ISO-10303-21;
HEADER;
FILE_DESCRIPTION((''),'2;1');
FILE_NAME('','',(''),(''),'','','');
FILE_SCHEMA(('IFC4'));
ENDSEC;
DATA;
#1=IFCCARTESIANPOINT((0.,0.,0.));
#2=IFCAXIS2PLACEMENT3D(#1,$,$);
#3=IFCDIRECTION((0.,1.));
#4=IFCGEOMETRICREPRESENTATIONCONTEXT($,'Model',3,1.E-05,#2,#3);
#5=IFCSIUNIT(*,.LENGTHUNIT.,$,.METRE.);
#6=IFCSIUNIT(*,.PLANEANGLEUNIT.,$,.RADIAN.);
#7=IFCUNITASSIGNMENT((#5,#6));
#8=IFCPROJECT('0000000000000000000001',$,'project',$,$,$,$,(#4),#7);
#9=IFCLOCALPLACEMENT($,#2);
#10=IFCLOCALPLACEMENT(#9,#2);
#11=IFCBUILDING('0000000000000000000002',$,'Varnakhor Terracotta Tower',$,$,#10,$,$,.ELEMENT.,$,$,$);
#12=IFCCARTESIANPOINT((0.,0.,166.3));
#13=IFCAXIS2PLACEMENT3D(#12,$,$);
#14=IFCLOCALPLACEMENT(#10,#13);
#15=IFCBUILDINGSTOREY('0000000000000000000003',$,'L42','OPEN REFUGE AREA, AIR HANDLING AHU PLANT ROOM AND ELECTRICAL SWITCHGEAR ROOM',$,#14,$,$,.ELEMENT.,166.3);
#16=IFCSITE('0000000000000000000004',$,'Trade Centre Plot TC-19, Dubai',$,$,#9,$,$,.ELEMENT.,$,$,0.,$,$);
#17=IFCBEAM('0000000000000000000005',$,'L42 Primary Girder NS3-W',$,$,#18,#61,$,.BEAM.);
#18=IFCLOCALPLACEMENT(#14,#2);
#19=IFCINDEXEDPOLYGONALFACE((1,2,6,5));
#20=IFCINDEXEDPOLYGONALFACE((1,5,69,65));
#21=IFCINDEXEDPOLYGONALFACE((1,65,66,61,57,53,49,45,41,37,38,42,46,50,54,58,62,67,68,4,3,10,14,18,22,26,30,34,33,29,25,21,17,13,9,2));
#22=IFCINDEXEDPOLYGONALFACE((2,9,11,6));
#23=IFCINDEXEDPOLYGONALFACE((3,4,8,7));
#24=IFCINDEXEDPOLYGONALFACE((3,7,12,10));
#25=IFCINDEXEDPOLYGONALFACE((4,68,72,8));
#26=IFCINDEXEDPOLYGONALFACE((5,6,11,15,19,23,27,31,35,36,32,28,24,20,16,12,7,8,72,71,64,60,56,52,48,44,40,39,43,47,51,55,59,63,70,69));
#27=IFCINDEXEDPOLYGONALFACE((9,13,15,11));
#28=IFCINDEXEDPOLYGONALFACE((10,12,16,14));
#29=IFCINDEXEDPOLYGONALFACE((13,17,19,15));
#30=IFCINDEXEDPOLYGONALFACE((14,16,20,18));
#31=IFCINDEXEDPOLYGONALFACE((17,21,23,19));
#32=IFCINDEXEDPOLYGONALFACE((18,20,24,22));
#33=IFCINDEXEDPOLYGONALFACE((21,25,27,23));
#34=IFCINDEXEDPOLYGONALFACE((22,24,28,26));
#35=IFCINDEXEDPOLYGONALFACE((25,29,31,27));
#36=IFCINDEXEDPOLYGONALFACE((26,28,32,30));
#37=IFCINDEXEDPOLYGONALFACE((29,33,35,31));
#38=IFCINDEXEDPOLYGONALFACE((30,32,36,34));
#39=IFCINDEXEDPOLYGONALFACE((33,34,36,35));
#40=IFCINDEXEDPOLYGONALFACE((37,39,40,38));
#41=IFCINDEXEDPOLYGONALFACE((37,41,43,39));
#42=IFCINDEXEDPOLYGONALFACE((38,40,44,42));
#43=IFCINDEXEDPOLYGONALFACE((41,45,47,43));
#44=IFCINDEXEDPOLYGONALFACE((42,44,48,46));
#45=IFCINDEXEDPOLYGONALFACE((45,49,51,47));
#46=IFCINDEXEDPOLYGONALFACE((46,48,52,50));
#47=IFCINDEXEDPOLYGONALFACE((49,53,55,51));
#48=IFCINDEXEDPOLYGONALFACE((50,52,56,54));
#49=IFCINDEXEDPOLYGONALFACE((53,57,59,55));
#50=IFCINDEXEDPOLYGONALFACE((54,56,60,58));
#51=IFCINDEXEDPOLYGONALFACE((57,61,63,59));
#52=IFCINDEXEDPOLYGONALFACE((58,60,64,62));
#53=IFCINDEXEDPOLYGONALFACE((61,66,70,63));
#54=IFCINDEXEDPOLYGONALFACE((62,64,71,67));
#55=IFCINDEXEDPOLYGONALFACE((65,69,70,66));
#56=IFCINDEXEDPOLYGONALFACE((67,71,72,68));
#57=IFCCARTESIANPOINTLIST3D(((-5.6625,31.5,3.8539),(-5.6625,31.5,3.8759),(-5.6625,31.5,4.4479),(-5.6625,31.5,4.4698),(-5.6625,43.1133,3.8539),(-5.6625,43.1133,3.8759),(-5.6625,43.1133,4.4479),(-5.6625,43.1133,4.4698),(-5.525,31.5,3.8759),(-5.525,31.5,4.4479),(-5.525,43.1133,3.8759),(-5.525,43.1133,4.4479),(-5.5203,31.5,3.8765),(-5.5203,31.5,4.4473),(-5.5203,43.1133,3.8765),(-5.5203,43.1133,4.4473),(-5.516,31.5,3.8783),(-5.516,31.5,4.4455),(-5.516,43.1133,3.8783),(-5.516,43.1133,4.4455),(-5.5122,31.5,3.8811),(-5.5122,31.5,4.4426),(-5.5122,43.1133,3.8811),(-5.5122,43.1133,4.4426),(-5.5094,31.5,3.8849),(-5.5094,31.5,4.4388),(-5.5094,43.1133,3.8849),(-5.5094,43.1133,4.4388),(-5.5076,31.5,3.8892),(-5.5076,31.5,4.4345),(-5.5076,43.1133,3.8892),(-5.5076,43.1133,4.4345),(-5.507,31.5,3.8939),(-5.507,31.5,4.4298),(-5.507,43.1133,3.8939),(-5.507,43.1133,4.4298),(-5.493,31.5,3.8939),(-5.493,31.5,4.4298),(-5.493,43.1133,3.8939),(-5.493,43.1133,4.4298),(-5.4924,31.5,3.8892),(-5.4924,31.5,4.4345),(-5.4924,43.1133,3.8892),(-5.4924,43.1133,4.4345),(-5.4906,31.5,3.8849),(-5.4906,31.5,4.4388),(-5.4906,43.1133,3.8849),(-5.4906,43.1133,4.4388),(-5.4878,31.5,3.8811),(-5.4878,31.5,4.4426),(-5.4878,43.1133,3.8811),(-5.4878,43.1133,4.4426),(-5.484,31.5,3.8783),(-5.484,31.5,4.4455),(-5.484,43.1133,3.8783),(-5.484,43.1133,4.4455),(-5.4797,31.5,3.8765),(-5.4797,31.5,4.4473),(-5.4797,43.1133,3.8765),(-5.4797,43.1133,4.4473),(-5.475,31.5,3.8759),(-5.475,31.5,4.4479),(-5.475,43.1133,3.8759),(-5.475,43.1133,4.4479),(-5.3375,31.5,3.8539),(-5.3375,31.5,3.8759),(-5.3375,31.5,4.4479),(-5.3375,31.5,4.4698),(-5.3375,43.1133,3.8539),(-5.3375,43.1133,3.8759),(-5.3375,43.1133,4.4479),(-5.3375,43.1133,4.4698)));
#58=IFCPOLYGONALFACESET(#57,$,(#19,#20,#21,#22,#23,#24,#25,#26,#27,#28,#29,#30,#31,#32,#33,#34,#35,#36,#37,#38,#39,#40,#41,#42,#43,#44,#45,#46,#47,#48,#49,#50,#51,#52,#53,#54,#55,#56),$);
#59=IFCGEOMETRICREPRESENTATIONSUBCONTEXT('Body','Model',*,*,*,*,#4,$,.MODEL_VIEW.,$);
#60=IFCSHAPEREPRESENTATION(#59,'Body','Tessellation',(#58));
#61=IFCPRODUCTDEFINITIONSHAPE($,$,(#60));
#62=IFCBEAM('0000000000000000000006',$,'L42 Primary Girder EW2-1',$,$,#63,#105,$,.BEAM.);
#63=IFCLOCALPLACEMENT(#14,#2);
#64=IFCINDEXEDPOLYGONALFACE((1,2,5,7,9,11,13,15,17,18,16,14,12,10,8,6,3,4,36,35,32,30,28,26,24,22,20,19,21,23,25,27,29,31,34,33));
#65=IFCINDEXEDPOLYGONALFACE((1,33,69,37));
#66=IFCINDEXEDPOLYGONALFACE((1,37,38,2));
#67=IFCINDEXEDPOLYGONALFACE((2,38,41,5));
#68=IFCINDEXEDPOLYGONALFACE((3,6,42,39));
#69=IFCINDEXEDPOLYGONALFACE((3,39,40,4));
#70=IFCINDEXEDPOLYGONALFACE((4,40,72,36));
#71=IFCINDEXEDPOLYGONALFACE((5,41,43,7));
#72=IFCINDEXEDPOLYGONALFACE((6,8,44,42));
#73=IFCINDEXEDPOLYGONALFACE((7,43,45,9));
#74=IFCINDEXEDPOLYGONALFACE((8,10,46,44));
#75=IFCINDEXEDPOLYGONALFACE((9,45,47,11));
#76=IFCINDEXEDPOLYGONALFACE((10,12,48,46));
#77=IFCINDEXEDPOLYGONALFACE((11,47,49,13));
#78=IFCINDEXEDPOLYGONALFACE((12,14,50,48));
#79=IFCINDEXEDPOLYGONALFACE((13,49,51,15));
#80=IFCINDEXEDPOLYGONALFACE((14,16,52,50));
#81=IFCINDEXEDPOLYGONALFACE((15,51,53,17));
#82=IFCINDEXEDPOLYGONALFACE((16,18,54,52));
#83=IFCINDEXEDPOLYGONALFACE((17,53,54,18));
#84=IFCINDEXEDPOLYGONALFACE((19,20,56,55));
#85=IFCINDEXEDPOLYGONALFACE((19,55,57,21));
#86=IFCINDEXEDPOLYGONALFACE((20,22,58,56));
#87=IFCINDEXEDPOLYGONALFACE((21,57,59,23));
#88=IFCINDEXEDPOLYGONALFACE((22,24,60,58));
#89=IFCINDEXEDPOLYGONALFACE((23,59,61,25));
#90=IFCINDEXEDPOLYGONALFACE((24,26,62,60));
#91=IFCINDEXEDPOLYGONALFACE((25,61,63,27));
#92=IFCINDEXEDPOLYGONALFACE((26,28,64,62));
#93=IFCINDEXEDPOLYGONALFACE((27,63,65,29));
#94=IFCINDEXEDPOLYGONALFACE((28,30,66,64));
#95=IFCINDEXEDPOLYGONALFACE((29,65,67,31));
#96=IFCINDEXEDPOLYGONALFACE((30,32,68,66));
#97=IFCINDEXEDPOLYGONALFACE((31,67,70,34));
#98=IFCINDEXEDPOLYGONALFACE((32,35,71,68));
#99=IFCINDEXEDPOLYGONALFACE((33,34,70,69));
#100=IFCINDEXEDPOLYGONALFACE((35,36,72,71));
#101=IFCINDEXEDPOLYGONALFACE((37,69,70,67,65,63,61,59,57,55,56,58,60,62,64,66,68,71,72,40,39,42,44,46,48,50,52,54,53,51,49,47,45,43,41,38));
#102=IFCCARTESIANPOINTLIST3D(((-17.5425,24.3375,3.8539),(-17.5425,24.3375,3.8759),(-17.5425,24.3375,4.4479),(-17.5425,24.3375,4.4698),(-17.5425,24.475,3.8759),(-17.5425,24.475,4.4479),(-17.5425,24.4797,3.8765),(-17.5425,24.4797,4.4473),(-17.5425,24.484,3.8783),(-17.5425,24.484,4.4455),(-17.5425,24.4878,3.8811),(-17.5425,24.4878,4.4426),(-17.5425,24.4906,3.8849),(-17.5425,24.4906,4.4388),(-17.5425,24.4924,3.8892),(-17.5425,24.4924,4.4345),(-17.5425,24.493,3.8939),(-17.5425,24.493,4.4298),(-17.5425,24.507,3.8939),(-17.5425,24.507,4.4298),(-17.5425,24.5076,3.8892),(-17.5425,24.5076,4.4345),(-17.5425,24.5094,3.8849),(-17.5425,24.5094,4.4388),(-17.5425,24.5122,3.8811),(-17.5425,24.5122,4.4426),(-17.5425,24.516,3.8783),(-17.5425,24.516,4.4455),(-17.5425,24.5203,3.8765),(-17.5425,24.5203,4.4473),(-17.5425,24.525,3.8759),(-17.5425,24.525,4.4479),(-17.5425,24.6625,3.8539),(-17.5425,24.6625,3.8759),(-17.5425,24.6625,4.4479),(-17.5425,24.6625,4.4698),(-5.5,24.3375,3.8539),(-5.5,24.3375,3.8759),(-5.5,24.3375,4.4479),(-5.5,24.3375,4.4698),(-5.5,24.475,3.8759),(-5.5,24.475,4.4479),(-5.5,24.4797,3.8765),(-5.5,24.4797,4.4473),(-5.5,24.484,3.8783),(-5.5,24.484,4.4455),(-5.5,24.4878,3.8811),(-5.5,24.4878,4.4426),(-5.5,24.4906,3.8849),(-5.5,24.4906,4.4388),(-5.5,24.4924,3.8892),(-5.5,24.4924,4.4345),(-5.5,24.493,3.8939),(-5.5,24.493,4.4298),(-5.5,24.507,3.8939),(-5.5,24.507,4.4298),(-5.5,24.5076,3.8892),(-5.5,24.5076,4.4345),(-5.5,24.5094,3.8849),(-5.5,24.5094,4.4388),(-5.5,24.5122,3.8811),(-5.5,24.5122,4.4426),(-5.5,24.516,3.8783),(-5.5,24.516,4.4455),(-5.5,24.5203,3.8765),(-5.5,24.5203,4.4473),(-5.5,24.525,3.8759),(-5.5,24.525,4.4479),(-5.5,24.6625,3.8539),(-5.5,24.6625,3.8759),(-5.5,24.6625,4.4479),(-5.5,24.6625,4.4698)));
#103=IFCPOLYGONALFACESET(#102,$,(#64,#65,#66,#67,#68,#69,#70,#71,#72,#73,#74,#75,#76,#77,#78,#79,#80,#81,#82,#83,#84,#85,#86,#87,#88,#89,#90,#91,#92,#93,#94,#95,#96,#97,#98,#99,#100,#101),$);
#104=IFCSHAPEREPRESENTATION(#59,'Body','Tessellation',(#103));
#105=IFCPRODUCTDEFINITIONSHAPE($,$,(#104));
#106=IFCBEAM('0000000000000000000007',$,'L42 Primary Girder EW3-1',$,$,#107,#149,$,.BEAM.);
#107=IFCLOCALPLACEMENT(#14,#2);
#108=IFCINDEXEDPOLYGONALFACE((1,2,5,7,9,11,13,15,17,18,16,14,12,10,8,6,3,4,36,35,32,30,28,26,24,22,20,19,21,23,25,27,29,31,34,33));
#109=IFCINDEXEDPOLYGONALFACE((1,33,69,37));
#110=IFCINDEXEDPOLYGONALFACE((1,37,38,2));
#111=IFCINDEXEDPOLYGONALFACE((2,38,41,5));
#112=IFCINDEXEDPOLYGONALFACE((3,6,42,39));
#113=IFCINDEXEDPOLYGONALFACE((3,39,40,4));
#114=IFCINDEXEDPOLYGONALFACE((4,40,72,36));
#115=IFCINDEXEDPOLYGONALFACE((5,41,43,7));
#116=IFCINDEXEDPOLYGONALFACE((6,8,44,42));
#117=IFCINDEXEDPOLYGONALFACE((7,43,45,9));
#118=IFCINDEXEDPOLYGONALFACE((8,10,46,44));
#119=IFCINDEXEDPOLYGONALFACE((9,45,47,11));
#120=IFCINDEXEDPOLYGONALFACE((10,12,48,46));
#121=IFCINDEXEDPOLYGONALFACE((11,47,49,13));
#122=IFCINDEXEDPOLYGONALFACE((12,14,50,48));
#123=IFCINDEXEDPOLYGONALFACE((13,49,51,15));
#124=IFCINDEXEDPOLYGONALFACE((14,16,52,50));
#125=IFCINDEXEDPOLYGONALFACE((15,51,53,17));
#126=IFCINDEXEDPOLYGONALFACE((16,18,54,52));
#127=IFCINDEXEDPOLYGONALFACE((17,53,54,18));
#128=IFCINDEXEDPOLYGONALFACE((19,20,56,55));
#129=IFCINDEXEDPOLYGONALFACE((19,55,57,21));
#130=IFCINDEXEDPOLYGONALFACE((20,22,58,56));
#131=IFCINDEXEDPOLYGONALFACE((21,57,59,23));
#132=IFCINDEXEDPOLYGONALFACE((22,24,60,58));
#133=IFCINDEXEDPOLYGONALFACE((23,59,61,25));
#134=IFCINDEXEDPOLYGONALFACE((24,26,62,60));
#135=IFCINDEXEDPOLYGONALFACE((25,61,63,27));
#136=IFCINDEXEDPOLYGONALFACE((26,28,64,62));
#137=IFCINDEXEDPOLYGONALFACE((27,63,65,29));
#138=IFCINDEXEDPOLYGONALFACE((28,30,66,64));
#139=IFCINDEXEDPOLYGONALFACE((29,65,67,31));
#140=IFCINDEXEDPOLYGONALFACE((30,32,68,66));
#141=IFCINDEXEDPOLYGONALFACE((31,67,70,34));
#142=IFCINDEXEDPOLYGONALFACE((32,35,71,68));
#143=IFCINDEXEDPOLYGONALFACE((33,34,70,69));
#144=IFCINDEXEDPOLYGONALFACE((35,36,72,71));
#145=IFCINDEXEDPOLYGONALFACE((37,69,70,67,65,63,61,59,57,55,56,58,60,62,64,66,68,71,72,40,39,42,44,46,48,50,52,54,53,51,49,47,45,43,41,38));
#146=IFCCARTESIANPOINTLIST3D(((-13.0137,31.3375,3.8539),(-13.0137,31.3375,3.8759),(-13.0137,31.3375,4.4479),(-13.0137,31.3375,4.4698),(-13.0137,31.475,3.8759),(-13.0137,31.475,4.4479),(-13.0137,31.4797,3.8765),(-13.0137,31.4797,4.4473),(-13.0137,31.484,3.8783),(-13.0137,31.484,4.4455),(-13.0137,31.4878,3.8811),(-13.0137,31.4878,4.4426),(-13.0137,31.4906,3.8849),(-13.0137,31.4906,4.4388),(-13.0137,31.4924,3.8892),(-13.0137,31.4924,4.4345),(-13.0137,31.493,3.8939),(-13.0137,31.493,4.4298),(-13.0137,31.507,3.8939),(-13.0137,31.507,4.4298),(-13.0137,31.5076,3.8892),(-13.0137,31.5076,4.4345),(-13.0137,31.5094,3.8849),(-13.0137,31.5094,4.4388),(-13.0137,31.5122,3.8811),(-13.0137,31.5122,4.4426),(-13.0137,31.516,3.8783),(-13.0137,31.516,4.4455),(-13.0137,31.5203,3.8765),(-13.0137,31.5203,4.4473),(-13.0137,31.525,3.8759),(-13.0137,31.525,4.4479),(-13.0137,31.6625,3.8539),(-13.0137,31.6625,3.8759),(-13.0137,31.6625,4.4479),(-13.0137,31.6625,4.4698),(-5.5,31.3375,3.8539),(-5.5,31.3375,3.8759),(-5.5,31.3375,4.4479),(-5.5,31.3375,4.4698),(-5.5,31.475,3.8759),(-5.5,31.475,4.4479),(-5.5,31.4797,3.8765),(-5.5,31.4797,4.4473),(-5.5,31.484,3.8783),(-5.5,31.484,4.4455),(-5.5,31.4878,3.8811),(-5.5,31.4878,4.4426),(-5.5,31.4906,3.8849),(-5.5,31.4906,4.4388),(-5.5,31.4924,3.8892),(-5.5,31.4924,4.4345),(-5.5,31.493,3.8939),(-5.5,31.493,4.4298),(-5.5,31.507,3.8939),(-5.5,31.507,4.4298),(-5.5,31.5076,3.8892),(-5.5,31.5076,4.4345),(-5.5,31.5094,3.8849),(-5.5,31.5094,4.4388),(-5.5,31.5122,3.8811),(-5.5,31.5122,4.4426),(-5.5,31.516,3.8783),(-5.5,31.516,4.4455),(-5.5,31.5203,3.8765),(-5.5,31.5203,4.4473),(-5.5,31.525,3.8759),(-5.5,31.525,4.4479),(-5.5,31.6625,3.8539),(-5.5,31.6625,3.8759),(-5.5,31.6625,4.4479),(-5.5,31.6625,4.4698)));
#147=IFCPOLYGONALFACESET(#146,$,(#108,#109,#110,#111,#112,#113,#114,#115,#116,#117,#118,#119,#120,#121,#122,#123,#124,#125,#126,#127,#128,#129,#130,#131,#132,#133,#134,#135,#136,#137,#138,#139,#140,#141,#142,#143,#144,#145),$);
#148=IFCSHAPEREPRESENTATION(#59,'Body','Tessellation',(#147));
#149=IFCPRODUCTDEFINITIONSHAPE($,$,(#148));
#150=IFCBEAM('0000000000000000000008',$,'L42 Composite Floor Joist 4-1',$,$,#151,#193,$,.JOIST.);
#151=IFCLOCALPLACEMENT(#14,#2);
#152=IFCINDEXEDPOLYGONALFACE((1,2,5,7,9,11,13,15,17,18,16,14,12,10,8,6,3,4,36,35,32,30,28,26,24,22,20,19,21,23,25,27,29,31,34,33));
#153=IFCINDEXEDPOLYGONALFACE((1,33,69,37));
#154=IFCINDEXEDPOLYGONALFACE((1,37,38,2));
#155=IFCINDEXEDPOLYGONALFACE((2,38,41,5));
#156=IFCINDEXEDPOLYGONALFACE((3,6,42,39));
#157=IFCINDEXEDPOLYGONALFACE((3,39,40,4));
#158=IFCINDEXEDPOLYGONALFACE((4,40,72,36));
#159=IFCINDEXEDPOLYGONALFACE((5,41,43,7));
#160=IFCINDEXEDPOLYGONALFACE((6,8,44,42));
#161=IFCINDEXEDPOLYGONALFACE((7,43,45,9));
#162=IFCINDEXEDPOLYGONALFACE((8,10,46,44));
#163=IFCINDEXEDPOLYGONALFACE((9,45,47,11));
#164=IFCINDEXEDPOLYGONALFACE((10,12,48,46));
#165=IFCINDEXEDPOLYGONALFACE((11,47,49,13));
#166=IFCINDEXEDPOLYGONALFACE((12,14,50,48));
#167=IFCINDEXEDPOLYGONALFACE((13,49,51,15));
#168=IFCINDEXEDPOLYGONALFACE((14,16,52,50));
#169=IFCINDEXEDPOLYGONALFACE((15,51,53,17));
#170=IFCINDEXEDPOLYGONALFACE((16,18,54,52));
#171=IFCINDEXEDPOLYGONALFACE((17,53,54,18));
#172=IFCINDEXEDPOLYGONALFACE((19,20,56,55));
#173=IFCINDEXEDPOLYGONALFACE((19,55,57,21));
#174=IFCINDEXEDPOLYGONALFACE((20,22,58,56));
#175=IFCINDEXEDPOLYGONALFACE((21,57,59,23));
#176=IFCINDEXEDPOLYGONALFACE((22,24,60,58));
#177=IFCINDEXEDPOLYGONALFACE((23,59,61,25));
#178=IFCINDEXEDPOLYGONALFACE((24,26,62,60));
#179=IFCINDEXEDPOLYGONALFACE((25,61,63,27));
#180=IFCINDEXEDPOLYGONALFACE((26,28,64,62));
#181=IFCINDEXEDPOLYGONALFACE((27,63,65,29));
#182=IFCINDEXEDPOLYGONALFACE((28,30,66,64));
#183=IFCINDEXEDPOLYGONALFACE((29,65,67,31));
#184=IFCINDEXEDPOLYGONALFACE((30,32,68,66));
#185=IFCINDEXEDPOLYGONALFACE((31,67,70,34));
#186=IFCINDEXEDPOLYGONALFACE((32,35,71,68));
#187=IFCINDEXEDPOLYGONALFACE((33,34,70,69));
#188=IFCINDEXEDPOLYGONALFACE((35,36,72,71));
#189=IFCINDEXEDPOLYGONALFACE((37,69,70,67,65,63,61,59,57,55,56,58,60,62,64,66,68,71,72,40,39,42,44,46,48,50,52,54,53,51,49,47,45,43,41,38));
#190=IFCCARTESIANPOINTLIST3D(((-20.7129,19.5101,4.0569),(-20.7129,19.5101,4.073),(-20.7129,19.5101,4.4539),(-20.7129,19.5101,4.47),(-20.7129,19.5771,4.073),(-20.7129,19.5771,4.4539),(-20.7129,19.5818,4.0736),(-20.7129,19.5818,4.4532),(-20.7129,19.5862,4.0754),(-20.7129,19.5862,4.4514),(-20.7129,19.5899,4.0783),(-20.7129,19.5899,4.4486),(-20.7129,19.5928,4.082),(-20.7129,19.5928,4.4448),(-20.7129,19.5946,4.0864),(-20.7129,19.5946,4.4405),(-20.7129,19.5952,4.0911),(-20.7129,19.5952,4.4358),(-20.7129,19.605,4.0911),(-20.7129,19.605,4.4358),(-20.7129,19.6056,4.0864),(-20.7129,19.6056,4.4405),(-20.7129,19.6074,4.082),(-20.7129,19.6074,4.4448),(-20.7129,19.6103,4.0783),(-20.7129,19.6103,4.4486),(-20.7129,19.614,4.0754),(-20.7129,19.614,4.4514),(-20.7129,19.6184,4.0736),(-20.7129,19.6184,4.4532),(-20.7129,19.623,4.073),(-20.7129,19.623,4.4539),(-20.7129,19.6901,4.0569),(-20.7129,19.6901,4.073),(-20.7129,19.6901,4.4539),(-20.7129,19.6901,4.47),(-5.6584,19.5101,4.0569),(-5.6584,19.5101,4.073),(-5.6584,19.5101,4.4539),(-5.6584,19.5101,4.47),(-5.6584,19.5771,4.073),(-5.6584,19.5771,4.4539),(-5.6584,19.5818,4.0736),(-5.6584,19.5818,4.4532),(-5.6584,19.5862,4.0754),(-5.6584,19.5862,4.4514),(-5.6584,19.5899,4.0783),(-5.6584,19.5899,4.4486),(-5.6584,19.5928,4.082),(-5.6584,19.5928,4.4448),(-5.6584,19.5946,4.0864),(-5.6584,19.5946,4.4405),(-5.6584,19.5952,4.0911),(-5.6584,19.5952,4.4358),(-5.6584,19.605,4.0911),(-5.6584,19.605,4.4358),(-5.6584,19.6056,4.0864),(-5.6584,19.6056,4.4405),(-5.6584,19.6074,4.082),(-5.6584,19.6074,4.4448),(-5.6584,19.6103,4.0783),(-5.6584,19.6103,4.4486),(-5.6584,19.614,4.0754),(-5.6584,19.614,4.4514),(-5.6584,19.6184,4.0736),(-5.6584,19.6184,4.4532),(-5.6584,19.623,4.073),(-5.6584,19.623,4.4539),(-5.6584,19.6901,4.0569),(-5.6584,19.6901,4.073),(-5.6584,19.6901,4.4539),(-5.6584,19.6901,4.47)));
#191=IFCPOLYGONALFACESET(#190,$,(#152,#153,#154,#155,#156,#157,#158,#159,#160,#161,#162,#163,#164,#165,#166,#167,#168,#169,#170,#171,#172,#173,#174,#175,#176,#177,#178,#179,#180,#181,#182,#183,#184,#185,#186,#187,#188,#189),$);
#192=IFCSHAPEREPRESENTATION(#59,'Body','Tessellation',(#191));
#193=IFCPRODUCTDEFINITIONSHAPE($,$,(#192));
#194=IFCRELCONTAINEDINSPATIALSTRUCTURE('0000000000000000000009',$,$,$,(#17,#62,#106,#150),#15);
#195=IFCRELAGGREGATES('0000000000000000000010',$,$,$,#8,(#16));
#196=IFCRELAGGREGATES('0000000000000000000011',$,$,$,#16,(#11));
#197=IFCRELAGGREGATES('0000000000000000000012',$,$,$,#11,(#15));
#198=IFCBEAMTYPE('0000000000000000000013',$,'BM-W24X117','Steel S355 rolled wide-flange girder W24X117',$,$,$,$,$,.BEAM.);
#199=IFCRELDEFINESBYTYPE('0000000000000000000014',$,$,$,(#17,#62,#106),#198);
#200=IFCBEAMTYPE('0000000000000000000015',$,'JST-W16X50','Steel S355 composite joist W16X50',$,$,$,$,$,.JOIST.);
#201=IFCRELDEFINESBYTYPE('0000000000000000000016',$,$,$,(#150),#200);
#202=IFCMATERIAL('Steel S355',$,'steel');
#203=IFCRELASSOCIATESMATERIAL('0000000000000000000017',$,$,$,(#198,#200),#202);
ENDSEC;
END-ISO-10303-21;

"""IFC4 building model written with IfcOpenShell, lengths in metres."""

from ifc_helpers import new_model, si_unit, direction, frame, origin, origin_2d, place, context, subcontext, project, spatial, i_section, extrude, source, transform, mapped, material, material_profile, profile_set, type_object, element, save


model = new_model("IFC4")

# Units and contexts
model_context = context("Model", 3, precision=1e-05, world=origin(), true_north=direction((0.0, 1.0)))
body_context = subcontext(model_context, "Body", "Model", "MODEL_VIEW")
ifc_project = project(units=[si_unit("LENGTHUNIT", "METRE"), si_unit("PLANEANGLEUNIT", "RADIAN")], contexts=[model_context])

# Site, building, storey
site_placement = place(None, origin())
site = spatial("IfcSite", under=ifc_project, at=site_placement, Name="Trade Centre Plot TC-19, Dubai", CompositionType="ELEMENT", RefElevation=0.0)
building_placement = place(site_placement, origin())
building = spatial("IfcBuilding", under=site, at=building_placement, Name="Varnakhor Terracotta Tower", CompositionType="ELEMENT")
storey_placement = place(building_placement, frame((0.0, 0.0, 166.3)))
storey = spatial("IfcBuildingStorey", under=building, at=storey_placement, Name="L42", Description="OPEN REFUGE AREA, AIR HANDLING AHU PLANT ROOM AND ELECTRICAL SWITCHGEAR ROOM", CompositionType="ELEMENT", Elevation=166.3)

# Beams
ifc_material_1 = material(Name="Steel S355", Category="steel")
ifc_material_profile_1 = material_profile(ifc_material_1, i_section(OverallWidth=0.325, OverallDepth=0.616, WebThickness=0.0139, FlangeThickness=0.022, FilletRadius=0.0181, at=origin_2d()), Name="W24X117")
ifc_profile_set_1 = profile_set([ifc_material_profile_1], Name="Steel S355")
beam_type_1 = type_object("IfcBeamType", Name="BM-W24X117", Description="Steel S355 rolled wide-flange girder W24X117", PredefinedType="BEAM", material=ifc_profile_set_1)
ifc_material_profile_2 = material_profile(ifc_material_1, i_section(OverallWidth=0.1799, OverallDepth=0.4131, WebThickness=0.0098, FlangeThickness=0.0161, FilletRadius=0.0181, at=origin_2d()), Name="W16X50")
ifc_profile_set_2 = profile_set([ifc_material_profile_2], Name="Steel S355")
beam_type_2 = type_object("IfcBeamType", Name="JST-W16X50", Description="Steel S355 composite joist W16X50", PredefinedType="JOIST", material=ifc_profile_set_2)
shared_shape_1 = source(origin(), body_context, "Body", "SweptSolid", [
    extrude(i_section(OverallWidth=0.325, OverallDepth=0.616, WebThickness=0.0139, FlangeThickness=0.022, FilletRadius=0.0181, at=origin_2d()), origin(), (0.0, 0.0, 1.0), 11.6133),
])
beam_1_placement = place(storey_placement, frame((-5.5, 31.5, 4.1619), z_axis=(0.0, 1.0, 0.0), x_axis=(-1.0, 0.0, 0.0)))
element("IfcBeam", 1, at=beam_1_placement, inside=storey, type_object=beam_type_1, Name="L42 Primary Girder NS3-W", PredefinedType="BEAM", context=body_context, shape_type="MappedRepresentation", body=[
    mapped(shared_shape_1, transform((0.0, 0.0, 0.0), scale=1.0)),
])
shared_shape_2 = source(origin(), body_context, "Body", "SweptSolid", [
    extrude(i_section(OverallWidth=0.325, OverallDepth=0.616, WebThickness=0.0139, FlangeThickness=0.022, FilletRadius=0.0181, at=origin_2d()), origin(), (0.0, 0.0, 1.0), 12.0425),
])
beam_2_placement = place(storey_placement, frame((-17.5425, 24.5, 4.1619), z_axis=(1.0, 0.0, 0.0), x_axis=(0.0, 1.0, 0.0)))
element("IfcBeam", 2, at=beam_2_placement, inside=storey, type_object=beam_type_1, Name="L42 Primary Girder EW2-1", PredefinedType="BEAM", context=body_context, shape_type="MappedRepresentation", body=[
    mapped(shared_shape_2, transform((0.0, 0.0, 0.0), scale=1.0)),
])
shared_shape_3 = source(origin(), body_context, "Body", "SweptSolid", [
    extrude(i_section(OverallWidth=0.325, OverallDepth=0.616, WebThickness=0.0139, FlangeThickness=0.022, FilletRadius=0.0181, at=origin_2d()), origin(), (0.0, 0.0, 1.0), 7.5137),
])
beam_3_placement = place(storey_placement, frame((-13.0137, 31.5, 4.1619), z_axis=(1.0, 0.0, 0.0), x_axis=(0.0, 1.0, 0.0)))
element("IfcBeam", 3, at=beam_3_placement, inside=storey, type_object=beam_type_1, Name="L42 Primary Girder EW3-1", PredefinedType="BEAM", context=body_context, shape_type="MappedRepresentation", body=[
    mapped(shared_shape_3, transform((0.0, 0.0, 0.0), scale=1.0)),
])
shared_shape_4 = source(origin(), body_context, "Body", "SweptSolid", [
    extrude(i_section(OverallWidth=0.1799, OverallDepth=0.4131, WebThickness=0.0098, FlangeThickness=0.0161, FilletRadius=0.0181, at=origin_2d()), origin(), (0.0, 0.0, 1.0), 15.0544),
])
beam_4_placement = place(storey_placement, frame((-20.7129, 19.6001, 4.2634), z_axis=(1.0, 0.0, 0.0), x_axis=(0.0, 1.0, 0.0)))
element("IfcBeam", 4, at=beam_4_placement, inside=storey, type_object=beam_type_2, Name="L42 Composite Floor Joist 4-1", PredefinedType="JOIST", context=body_context, shape_type="MappedRepresentation", body=[
    mapped(shared_shape_4, transform((0.0, 0.0, 0.0), scale=1.0)),
])

save(model, "model.ifc")
